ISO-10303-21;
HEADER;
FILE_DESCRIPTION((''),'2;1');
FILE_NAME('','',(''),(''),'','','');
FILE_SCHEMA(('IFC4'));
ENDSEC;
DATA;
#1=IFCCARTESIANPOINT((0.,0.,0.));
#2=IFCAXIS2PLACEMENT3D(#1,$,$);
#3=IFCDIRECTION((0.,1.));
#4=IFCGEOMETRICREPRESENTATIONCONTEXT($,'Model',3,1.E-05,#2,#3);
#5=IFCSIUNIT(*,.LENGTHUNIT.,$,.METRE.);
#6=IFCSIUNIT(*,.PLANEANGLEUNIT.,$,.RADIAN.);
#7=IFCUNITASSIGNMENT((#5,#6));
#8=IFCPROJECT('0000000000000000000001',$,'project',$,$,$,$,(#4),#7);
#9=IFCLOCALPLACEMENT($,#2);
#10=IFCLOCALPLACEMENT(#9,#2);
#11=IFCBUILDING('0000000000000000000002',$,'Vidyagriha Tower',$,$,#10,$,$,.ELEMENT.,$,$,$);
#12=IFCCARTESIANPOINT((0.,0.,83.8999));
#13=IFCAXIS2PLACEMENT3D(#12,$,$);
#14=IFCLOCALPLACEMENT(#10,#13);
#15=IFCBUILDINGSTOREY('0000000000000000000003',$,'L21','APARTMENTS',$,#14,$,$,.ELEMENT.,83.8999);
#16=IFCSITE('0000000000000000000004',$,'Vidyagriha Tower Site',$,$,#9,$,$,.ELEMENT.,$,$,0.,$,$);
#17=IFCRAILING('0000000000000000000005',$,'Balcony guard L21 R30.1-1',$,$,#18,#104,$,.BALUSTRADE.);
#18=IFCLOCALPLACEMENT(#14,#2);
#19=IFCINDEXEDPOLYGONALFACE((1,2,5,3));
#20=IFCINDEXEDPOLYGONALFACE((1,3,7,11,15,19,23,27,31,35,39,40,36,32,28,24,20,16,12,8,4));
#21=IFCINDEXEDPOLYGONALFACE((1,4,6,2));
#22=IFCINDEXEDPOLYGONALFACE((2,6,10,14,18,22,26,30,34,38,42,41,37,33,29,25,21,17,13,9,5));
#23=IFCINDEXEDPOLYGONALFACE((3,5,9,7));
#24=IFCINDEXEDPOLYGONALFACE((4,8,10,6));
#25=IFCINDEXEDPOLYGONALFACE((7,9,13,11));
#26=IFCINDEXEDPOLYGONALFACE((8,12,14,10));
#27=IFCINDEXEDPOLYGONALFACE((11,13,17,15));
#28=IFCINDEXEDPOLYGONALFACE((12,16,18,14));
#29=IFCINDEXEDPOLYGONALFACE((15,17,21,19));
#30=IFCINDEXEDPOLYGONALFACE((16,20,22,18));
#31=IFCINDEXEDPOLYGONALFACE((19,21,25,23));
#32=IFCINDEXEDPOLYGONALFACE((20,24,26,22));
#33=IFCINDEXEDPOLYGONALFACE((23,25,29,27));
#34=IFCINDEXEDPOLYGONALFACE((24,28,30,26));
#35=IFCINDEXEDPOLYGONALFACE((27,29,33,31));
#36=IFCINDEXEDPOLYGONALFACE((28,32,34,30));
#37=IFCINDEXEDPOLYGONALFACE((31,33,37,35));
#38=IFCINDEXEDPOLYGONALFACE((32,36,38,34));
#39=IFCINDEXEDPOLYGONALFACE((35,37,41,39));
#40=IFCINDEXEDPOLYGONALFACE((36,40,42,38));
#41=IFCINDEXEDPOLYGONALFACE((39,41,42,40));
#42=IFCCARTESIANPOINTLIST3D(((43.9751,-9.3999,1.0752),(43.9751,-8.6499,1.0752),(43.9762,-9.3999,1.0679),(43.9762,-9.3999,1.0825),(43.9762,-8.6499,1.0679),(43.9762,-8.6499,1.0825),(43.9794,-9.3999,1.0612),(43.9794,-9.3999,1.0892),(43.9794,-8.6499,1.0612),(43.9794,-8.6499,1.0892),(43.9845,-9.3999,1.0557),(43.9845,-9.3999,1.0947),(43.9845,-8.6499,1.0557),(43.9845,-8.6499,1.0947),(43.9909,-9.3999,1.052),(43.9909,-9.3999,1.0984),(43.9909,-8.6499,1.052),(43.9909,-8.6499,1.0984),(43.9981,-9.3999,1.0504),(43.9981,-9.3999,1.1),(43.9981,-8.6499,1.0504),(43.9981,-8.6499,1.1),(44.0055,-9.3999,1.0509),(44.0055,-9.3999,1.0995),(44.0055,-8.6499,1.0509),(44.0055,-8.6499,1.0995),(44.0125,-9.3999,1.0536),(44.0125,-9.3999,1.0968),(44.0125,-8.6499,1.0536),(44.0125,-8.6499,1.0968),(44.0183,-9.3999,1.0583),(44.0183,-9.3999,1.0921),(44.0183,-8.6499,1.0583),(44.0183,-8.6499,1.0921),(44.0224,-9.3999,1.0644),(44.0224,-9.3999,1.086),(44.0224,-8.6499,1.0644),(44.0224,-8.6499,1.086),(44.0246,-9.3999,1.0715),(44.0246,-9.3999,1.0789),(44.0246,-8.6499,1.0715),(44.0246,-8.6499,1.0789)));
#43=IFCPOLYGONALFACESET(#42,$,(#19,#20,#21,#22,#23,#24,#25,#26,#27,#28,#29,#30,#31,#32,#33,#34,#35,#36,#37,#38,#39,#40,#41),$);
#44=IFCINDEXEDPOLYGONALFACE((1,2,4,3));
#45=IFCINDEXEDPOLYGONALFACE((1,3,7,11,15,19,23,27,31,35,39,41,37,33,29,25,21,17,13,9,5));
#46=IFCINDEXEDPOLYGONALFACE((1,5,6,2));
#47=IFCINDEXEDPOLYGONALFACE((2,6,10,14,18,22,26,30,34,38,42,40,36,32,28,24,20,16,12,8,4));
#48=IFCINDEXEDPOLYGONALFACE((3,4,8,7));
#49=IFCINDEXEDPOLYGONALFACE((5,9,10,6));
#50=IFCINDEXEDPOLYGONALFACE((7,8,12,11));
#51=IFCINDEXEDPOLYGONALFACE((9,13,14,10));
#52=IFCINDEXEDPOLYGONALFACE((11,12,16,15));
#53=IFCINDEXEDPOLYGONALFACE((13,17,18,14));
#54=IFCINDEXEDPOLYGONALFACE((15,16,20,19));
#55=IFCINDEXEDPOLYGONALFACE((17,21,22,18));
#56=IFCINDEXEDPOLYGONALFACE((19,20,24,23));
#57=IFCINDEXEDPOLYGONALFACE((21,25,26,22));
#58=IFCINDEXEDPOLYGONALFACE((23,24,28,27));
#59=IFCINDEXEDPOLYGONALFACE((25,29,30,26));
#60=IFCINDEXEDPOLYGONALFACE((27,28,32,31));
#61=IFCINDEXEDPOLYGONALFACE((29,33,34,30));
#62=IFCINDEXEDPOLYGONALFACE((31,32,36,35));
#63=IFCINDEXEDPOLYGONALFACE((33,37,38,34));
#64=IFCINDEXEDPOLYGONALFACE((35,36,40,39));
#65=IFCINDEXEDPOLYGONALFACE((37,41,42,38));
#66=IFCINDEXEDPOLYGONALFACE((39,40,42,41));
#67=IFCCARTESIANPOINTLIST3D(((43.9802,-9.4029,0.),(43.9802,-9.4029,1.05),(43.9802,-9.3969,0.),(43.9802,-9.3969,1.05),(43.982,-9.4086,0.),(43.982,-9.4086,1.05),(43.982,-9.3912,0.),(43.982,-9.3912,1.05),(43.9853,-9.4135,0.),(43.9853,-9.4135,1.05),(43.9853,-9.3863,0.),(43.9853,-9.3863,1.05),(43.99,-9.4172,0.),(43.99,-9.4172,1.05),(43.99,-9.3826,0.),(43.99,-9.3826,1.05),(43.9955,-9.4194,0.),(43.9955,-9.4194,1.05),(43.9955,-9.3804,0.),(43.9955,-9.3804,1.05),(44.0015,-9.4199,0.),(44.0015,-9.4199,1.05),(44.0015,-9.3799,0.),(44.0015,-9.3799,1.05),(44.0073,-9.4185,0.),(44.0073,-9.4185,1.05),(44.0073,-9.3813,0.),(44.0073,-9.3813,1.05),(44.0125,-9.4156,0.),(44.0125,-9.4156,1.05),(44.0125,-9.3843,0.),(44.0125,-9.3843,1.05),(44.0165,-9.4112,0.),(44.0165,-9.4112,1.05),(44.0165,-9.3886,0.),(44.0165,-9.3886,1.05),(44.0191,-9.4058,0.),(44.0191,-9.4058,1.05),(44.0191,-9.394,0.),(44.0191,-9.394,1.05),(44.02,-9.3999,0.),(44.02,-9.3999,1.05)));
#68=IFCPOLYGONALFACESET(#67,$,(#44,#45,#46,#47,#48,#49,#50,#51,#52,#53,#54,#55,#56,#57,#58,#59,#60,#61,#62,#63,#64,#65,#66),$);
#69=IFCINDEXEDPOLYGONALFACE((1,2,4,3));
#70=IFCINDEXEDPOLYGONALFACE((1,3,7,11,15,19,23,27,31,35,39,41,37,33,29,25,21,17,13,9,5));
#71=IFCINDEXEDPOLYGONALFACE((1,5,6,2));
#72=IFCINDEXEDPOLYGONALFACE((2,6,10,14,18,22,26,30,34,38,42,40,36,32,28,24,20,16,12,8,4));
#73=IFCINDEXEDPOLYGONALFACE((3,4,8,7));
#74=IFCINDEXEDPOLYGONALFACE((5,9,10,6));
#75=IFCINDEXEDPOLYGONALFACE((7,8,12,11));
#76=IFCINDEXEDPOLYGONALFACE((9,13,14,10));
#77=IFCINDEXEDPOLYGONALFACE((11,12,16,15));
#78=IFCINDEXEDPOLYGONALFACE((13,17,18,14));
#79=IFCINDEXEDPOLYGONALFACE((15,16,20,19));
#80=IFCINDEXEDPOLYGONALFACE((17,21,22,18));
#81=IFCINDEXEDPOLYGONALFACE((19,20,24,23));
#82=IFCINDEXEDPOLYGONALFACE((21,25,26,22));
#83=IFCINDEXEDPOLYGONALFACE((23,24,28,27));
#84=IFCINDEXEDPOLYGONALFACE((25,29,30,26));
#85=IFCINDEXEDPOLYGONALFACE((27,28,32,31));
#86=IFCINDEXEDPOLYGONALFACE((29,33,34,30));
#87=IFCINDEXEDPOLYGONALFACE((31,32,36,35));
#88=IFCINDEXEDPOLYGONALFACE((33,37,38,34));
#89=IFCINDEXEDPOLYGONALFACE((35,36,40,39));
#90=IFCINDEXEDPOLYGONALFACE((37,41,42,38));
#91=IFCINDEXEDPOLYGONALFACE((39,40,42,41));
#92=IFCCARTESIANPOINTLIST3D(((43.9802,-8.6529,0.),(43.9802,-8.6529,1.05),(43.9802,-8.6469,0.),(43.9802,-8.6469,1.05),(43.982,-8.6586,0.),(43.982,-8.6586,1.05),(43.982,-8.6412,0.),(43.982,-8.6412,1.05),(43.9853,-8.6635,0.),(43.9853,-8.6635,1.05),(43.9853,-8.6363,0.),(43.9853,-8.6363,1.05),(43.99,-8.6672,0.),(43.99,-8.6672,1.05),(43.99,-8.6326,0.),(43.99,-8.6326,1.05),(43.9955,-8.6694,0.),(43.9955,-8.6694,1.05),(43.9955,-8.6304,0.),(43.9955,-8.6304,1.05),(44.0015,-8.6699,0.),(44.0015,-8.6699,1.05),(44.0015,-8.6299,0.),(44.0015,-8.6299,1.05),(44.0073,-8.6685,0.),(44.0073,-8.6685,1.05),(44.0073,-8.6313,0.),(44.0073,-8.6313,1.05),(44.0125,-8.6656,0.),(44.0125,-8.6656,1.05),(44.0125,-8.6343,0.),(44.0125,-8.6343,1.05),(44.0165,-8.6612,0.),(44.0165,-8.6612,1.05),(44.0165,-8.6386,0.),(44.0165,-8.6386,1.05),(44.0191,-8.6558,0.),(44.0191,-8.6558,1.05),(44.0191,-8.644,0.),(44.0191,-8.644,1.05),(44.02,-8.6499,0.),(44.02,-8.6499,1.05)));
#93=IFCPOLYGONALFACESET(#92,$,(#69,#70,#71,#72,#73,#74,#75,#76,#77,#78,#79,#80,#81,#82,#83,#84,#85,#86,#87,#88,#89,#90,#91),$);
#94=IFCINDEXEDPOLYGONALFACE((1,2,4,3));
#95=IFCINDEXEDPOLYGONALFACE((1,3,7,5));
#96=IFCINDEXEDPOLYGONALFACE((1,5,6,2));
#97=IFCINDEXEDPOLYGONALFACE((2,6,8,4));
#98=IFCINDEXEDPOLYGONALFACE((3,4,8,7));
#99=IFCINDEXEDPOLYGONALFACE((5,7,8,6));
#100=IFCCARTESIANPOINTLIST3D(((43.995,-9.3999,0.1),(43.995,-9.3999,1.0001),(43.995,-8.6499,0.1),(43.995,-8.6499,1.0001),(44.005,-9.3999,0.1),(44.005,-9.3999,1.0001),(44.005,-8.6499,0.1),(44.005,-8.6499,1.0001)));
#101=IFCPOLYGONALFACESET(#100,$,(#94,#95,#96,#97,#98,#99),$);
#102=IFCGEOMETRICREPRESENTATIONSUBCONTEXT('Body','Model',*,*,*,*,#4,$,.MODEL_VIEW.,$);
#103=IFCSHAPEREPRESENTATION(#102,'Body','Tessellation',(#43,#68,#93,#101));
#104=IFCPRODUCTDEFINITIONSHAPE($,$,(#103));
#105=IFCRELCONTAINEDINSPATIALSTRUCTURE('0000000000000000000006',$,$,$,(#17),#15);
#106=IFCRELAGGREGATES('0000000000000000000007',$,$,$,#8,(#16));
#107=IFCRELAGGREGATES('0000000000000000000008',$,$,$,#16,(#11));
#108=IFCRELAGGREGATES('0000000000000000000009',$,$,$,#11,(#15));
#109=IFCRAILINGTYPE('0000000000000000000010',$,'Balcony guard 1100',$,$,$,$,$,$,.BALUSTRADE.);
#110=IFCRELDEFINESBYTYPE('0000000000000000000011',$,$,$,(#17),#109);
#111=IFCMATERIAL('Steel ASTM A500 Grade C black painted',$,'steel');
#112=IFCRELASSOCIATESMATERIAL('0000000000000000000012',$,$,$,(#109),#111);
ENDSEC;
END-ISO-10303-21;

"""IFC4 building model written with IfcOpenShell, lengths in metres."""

from ifc_helpers import new_model, si_unit, direction, frame, origin, origin_2d, place, context, subcontext, project, spatial, rectangle, circle, extrude, material, type_object, element, save


model = new_model("IFC4")

# Units and contexts
model_context = context("Model", 3, precision=1e-05, world=origin(), true_north=direction((0.0, 1.0)))
body_context = subcontext(model_context, "Body", "Model", "MODEL_VIEW")
ifc_project = project(units=[si_unit("LENGTHUNIT", "METRE"), si_unit("PLANEANGLEUNIT", "RADIAN")], contexts=[model_context])

# Site, building, storey
site_placement = place(None, origin())
site = spatial("IfcSite", under=ifc_project, at=site_placement, Name="Vidyagriha Tower Site", CompositionType="ELEMENT", RefElevation=0.0)
building_placement = place(site_placement, origin())
building = spatial("IfcBuilding", under=site, at=building_placement, Name="Vidyagriha Tower", CompositionType="ELEMENT")
storey_placement = place(building_placement, frame((0.0, 0.0, 83.8999)))
storey = spatial("IfcBuildingStorey", under=building, at=storey_placement, Name="L21", Description="APARTMENTS", CompositionType="ELEMENT", Elevation=83.8999)

# Railing
ifc_material_1 = material(Name="Steel ASTM A500 Grade C black painted", Category="steel")
railing_type_1 = type_object("IfcRailingType", Name="Balcony guard 1100", PredefinedType="BALUSTRADE", material=ifc_material_1)
railing_1_placement = place(storey_placement, frame((44.0, -9.3999, 0.0)))
element("IfcRailing", 1, at=railing_1_placement, inside=storey, type_object=railing_type_1, Name="Balcony guard L21 R30.1-1", PredefinedType="BALUSTRADE", context=body_context, shape_type="SweptSolid", body=[
    extrude(circle(Radius=0.0249, at=origin_2d()), frame((0.0, 0.0, 1.0752), z_axis=(0.0, 1.0, 0.0), x_axis=(-1.0, 0.0, 0.0)), (0.0, 0.0, 1.0), 0.75),
    extrude(circle(Radius=0.02, at=origin_2d()), origin(), (0.0, 0.0, 1.0), 1.05),
    extrude(circle(Radius=0.02, at=origin_2d()), frame((0.0, 0.75, 0.0)), (0.0, 0.0, 1.0), 1.05),
    extrude(rectangle(XDim=0.01, YDim=0.9001, at=origin_2d()), frame((0.0, 0.0, 0.55), z_axis=(0.0, 1.0, 0.0), x_axis=(-1.0, 0.0, 0.0)), (0.0, 0.0, 1.0), 0.75),
])

save(model, "model.ifc")
